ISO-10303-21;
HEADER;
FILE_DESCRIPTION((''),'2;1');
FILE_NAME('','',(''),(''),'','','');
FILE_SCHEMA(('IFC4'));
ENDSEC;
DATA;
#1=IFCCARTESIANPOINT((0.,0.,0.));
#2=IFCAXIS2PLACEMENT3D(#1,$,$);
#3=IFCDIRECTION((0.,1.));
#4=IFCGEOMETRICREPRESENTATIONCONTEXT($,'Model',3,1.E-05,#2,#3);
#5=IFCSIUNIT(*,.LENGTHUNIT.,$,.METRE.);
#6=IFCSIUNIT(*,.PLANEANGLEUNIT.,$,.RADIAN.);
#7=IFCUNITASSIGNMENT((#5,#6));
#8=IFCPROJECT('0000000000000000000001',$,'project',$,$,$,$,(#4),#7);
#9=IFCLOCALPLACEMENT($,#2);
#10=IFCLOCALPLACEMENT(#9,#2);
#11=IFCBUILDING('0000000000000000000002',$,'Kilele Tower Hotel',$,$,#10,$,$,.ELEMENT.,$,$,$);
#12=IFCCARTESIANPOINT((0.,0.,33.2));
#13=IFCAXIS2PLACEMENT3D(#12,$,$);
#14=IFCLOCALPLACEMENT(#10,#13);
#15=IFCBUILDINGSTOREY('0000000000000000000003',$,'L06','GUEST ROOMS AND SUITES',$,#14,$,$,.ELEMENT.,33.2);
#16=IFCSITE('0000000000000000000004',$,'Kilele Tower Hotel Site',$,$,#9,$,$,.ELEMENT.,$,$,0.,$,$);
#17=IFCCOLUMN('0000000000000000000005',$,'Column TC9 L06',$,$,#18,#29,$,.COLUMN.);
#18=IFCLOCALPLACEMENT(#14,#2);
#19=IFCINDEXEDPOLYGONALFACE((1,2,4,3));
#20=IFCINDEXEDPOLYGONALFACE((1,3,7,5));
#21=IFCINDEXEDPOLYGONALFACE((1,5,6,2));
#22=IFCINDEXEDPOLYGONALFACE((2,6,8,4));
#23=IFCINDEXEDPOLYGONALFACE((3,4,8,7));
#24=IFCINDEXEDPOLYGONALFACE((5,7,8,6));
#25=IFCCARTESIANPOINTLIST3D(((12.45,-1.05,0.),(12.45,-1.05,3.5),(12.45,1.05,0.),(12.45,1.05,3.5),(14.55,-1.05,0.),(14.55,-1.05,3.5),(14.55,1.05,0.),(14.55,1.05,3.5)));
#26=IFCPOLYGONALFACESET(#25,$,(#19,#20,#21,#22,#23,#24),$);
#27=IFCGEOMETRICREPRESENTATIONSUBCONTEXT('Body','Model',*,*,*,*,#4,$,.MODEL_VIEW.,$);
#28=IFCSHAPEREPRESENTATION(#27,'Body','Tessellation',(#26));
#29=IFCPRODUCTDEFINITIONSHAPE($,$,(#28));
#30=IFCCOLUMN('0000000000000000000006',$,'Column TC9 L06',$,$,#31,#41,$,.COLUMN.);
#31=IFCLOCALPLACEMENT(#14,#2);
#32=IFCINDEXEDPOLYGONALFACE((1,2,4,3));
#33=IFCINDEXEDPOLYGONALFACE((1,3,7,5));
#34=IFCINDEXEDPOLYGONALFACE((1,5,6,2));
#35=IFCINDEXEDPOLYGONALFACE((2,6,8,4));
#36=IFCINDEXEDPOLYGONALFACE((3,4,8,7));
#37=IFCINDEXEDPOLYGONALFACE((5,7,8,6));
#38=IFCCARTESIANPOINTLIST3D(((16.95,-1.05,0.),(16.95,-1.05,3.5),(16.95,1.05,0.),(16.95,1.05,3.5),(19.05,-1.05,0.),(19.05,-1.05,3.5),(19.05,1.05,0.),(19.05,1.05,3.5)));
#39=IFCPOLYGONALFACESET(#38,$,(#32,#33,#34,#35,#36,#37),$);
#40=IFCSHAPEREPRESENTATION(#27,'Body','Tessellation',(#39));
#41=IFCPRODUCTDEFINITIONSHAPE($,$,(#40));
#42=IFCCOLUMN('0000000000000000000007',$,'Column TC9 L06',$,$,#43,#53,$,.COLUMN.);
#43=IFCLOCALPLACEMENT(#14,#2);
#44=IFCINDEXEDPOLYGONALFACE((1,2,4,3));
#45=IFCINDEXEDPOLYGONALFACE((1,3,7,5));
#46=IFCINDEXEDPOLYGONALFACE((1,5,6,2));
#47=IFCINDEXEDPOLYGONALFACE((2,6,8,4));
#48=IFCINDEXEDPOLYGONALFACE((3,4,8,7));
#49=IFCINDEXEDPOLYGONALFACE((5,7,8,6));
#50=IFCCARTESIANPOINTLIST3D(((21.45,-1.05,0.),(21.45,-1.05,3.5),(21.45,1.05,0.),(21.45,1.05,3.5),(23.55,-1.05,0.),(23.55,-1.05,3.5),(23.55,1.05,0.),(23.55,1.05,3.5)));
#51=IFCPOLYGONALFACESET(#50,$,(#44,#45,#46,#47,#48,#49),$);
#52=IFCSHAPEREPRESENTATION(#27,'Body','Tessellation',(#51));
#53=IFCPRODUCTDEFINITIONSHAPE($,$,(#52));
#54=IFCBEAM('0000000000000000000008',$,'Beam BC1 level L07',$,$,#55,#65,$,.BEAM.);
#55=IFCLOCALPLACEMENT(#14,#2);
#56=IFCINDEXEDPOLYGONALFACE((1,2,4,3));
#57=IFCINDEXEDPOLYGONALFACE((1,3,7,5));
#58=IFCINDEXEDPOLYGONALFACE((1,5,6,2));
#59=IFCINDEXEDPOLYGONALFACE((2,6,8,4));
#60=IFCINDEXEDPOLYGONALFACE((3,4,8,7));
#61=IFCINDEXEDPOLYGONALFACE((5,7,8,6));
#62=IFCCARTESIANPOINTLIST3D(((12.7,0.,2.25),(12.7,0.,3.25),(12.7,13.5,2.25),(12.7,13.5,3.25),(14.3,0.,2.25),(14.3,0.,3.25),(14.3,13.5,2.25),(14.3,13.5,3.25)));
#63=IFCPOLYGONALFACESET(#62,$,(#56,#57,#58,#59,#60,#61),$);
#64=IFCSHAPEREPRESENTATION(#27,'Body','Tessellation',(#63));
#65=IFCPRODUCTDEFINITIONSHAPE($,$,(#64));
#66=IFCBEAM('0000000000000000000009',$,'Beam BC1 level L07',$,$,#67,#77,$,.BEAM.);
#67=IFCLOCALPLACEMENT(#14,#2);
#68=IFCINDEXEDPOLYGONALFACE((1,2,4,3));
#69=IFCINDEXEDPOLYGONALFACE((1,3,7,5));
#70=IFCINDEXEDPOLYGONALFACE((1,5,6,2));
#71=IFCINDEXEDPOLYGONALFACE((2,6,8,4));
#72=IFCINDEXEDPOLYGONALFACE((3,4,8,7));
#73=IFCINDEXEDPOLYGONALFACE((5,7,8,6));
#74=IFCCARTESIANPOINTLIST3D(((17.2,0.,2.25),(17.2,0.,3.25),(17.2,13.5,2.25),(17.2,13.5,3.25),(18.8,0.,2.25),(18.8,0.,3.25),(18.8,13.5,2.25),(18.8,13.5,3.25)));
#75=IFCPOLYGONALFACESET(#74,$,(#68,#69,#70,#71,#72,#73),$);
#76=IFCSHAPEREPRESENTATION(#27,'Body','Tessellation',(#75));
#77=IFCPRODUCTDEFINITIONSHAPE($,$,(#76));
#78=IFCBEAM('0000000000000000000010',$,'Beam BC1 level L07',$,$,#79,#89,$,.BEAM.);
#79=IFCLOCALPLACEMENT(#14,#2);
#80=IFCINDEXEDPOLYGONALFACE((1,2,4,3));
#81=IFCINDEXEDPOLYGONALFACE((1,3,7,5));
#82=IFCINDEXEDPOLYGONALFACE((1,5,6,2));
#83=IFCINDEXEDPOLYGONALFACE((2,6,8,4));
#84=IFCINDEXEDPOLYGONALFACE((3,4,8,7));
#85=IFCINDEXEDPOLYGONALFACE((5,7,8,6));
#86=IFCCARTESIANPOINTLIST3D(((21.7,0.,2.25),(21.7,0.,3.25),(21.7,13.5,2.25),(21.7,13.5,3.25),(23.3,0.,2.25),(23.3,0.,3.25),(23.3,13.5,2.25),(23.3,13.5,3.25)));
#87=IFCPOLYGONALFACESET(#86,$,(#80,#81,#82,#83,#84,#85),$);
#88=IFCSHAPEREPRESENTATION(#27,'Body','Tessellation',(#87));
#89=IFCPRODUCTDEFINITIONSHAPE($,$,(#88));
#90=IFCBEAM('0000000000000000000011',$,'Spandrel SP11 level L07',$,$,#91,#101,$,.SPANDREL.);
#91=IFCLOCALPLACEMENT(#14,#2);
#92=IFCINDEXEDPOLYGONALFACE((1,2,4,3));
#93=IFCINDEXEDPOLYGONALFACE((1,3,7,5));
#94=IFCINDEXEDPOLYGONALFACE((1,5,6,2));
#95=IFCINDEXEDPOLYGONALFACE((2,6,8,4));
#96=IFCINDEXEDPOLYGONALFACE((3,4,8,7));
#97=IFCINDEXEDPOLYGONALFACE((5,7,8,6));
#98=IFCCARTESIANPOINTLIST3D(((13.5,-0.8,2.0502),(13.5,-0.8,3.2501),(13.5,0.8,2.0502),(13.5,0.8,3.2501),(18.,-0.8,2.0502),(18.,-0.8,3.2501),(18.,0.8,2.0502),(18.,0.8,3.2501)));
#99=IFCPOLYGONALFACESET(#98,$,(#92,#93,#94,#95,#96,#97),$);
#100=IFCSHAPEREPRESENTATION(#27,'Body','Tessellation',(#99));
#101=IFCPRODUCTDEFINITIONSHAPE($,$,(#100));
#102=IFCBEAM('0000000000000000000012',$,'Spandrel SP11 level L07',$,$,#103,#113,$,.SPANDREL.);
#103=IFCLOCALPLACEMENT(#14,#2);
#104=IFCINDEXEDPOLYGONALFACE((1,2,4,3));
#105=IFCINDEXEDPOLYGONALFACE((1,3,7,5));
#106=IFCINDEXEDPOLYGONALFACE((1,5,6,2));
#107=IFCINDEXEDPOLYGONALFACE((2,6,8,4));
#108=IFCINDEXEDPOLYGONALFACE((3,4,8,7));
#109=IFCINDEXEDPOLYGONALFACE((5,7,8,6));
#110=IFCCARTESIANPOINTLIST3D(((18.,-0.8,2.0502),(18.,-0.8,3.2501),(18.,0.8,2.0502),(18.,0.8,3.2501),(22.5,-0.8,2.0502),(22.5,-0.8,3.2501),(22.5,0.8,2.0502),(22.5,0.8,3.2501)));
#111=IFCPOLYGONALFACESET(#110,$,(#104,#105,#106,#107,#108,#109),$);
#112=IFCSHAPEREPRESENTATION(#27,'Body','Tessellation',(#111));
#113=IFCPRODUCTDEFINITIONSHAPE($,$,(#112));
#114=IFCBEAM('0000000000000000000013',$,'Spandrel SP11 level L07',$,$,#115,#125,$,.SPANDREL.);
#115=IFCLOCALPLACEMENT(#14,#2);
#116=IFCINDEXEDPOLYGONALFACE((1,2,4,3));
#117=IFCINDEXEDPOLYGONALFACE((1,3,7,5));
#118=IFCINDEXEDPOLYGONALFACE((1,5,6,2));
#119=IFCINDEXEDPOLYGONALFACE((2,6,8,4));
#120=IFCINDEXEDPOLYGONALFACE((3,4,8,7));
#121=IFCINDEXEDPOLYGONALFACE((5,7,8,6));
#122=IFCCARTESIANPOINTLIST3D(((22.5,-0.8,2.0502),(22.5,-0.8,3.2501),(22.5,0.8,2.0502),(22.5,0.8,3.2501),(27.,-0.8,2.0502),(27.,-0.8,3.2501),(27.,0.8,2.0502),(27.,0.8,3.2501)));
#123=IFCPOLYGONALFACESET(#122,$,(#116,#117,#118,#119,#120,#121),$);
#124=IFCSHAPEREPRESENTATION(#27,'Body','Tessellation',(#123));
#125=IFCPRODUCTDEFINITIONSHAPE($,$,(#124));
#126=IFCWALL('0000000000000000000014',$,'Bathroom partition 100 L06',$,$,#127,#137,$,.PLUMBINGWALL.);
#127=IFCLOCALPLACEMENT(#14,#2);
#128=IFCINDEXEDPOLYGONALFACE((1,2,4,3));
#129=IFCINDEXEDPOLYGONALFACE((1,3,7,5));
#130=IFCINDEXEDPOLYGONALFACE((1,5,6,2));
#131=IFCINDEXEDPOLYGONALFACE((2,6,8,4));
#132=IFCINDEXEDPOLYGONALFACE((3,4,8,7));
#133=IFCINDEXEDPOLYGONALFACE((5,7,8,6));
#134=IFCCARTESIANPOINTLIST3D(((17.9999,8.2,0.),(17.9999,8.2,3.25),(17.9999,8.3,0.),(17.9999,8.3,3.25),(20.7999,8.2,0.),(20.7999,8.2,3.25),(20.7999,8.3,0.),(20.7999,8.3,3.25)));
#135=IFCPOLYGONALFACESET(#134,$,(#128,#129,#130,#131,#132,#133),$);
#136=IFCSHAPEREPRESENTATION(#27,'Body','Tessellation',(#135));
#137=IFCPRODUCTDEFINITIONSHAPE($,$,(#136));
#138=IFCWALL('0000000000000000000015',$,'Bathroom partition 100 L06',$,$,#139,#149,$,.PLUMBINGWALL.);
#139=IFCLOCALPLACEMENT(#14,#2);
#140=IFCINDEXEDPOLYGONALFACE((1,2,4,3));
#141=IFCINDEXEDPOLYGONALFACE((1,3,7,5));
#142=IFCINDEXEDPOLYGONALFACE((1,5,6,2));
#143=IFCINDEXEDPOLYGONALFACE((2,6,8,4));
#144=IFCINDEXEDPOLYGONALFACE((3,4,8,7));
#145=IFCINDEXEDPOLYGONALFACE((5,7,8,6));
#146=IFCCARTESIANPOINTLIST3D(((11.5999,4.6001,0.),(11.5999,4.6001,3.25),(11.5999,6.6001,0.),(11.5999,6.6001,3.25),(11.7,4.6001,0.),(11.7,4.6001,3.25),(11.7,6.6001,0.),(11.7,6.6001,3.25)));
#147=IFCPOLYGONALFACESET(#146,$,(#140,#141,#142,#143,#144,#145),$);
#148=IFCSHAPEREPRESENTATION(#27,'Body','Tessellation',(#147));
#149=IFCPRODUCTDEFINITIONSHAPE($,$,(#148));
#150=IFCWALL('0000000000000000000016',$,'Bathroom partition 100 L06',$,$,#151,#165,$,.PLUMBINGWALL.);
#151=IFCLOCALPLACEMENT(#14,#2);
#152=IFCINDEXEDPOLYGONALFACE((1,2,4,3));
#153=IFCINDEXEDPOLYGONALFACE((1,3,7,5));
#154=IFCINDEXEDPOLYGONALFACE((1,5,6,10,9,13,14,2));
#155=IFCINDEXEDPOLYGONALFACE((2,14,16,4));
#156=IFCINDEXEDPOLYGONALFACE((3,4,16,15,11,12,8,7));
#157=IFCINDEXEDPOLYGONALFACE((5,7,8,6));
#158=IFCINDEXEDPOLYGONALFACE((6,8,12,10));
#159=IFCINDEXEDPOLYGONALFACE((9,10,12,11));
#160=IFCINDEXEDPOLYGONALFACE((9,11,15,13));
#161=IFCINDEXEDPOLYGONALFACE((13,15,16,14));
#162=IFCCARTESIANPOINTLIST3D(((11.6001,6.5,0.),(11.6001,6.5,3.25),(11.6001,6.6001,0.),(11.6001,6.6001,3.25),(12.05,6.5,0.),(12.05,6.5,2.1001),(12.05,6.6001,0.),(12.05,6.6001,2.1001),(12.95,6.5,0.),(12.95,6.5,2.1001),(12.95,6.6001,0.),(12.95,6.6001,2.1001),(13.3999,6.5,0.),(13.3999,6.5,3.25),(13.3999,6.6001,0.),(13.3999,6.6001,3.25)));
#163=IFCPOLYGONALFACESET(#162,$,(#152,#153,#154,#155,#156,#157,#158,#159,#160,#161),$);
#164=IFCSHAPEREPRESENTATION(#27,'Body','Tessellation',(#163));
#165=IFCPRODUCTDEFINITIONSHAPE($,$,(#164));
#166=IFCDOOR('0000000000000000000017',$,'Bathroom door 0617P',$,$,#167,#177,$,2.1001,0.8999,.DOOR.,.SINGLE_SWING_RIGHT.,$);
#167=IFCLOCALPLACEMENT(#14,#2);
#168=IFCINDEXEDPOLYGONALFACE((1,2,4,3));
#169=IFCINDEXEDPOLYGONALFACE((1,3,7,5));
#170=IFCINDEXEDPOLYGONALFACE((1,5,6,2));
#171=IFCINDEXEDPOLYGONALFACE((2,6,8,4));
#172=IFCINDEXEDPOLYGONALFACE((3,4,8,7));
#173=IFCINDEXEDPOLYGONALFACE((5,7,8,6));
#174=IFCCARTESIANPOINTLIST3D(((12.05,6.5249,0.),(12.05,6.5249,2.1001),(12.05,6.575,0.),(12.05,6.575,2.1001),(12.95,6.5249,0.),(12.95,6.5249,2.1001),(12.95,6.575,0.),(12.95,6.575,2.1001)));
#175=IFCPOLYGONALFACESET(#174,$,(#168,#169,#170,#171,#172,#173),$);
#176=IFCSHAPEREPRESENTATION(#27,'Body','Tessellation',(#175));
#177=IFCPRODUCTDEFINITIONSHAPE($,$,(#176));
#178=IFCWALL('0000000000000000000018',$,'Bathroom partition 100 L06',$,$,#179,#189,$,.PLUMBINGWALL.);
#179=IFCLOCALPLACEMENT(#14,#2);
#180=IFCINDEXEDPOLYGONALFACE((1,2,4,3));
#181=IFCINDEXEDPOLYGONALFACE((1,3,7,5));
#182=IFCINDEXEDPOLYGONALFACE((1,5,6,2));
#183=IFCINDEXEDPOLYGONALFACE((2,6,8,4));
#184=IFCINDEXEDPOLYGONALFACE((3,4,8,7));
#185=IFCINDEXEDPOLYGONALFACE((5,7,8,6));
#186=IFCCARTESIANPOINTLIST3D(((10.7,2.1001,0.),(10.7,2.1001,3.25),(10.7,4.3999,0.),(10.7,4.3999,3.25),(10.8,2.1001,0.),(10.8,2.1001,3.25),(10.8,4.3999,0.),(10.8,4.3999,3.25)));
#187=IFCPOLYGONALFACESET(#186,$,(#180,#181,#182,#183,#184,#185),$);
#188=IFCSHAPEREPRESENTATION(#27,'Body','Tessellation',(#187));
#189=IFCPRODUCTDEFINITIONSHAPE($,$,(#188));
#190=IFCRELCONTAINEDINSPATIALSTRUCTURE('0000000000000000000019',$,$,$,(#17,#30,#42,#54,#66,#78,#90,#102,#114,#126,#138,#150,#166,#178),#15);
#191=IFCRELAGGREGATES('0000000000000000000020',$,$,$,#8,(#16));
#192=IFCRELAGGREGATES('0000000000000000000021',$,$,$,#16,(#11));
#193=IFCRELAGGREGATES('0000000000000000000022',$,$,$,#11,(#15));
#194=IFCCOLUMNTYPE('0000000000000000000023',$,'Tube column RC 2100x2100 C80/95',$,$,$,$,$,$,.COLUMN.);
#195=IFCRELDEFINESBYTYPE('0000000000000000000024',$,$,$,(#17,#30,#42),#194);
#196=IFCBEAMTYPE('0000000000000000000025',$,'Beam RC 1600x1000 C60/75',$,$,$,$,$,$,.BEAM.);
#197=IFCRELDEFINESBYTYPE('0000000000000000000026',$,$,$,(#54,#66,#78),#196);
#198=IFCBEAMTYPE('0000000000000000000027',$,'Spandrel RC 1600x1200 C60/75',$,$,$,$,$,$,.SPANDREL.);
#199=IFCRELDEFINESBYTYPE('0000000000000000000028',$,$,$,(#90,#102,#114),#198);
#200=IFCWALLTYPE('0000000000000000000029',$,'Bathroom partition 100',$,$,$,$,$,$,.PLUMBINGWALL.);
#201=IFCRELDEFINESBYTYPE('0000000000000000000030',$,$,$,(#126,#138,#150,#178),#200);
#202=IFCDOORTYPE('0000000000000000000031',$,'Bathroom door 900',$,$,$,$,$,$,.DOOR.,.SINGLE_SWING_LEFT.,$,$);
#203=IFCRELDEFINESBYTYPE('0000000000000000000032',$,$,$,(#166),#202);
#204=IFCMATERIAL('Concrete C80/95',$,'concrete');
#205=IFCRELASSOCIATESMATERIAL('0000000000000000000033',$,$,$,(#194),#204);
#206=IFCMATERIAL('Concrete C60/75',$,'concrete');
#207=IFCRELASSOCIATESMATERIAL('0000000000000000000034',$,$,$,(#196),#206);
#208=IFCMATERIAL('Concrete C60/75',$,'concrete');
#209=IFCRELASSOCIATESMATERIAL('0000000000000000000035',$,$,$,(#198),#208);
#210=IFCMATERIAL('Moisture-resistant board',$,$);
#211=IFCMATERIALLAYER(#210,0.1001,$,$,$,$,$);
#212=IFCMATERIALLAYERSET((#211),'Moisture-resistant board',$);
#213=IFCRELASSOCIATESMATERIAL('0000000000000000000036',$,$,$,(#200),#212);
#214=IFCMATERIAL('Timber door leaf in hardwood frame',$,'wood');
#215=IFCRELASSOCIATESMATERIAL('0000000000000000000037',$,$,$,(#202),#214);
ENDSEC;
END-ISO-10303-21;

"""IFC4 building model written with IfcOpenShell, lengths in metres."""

from ifc_helpers import new_model, si_unit, direction, frame, frame_2d, origin, origin_2d, place, context, subcontext, project, spatial, rectangle, extrude, material, layer, layer_set, material_profile, profile_set, type_object, element, fill, save


model = new_model("IFC4")

# Units and contexts
model_context = context("Model", 3, precision=1e-05, world=origin(), true_north=direction((0.0, 1.0)))
body_context = subcontext(model_context, "Body", "Model", "MODEL_VIEW")
ifc_project = project(units=[si_unit("LENGTHUNIT", "METRE"), si_unit("PLANEANGLEUNIT", "RADIAN")], contexts=[model_context])

# Site, building, storey
site_placement = place(None, origin())
site = spatial("IfcSite", under=ifc_project, at=site_placement, Name="Kilele Tower Hotel Site", CompositionType="ELEMENT", RefElevation=0.0)
building_placement = place(site_placement, origin())
building = spatial("IfcBuilding", under=site, at=building_placement, Name="Kilele Tower Hotel", CompositionType="ELEMENT")
storey_placement = place(building_placement, frame((0.0, 0.0, 33.2)))
storey = spatial("IfcBuildingStorey", under=building, at=storey_placement, Name="L06", Description="GUEST ROOMS AND SUITES", CompositionType="ELEMENT", Elevation=33.2)

# Columns
ifc_material_1 = material(Name="Concrete C80/95", Category="concrete")
ifc_material_profile_1 = material_profile(ifc_material_1, rectangle(XDim=2.1001, YDim=2.1001, at=origin_2d()))
ifc_profile_set_1 = profile_set([ifc_material_profile_1], Name="Concrete C80/95")
column_type = type_object("IfcColumnType", Name="Tube column RC 2100x2100 C80/95", PredefinedType="COLUMN", material=ifc_profile_set_1)
for number, where, z_axis, x_axis, name in (
    (1, (13.5, 0.0, 0.0), (0.0, 0.0, 1.0), (1.0, 0.0, 0.0), "Column TC9 L06"),
    (2, (18.0, 0.0, 0.0), (0.0, 0.0, 1.0), (1.0, 0.0, 0.0), "Column TC9 L06"),
    (3, (22.5, 0.0, 0.0), (0.0, 0.0, 1.0), (1.0, 0.0, 0.0), "Column TC9 L06"),
):
    element("IfcColumn", number, at=place(storey_placement, frame(where, z_axis=z_axis, x_axis=x_axis)), inside=storey, type_object=column_type, Name=name, PredefinedType="COLUMN", context=body_context, shape_type="SweptSolid", body=[
        extrude(rectangle(XDim=2.1001, YDim=2.1001, at=origin_2d()), origin(), (0.0, 0.0, 1.0), 3.5),
    ])

# Beams
ifc_material_2 = material(Name="Concrete C60/75", Category="concrete")
ifc_material_profile_2 = material_profile(ifc_material_2, rectangle(XDim=1.6001, YDim=1.0, at=origin_2d()))
ifc_profile_set_2 = profile_set([ifc_material_profile_2], Name="Concrete C60/75")
beam_type_1 = type_object("IfcBeamType", Name="Beam RC 1600x1000 C60/75", PredefinedType="BEAM", material=ifc_profile_set_2)
for number, where, z_axis, x_axis, name in (
    (4, (13.5, 0.0, 2.75), (0.0, 1.0, 0.0), (-1.0, 0.0, 0.0), "Beam BC1 level L07"),
    (5, (18.0, 0.0, 2.75), (0.0, 1.0, 0.0), (-1.0, 0.0, 0.0), "Beam BC1 level L07"),
    (6, (22.5, 0.0, 2.75), (0.0, 1.0, 0.0), (-1.0, 0.0, 0.0), "Beam BC1 level L07"),
):
    element("IfcBeam", number, at=place(storey_placement, frame(where, z_axis=z_axis, x_axis=x_axis)), inside=storey, type_object=beam_type_1, Name=name, PredefinedType="BEAM", context=body_context, shape_type="SweptSolid", body=[
        extrude(rectangle(XDim=1.6001, YDim=1.0, at=origin_2d()), origin(), (0.0, 0.0, 1.0), 13.5),
    ])
ifc_material_3 = material(Name="Concrete C60/75", Category="concrete")
ifc_material_profile_3 = material_profile(ifc_material_3, rectangle(XDim=1.6001, YDim=1.2, at=origin_2d()))
ifc_profile_set_3 = profile_set([ifc_material_profile_3], Name="Concrete C60/75")
beam_type_2 = type_object("IfcBeamType", Name="Spandrel RC 1600x1200 C60/75", PredefinedType="SPANDREL", material=ifc_profile_set_3)
for number, where, z_axis, x_axis, name in (
    (7, (13.5, 0.0, 2.6501), (1.0, 0.0, 0.0), (0.0, 1.0, 0.0), "Spandrel SP11 level L07"),
    (8, (18.0, 0.0, 2.6501), (1.0, 0.0, 0.0), (0.0, 1.0, 0.0), "Spandrel SP11 level L07"),
    (9, (22.5, 0.0, 2.6501), (1.0, 0.0, 0.0), (0.0, 1.0, 0.0), "Spandrel SP11 level L07"),
):
    element("IfcBeam", number, at=place(storey_placement, frame(where, z_axis=z_axis, x_axis=x_axis)), inside=storey, type_object=beam_type_2, Name=name, PredefinedType="SPANDREL", context=body_context, shape_type="SweptSolid", body=[
        extrude(rectangle(XDim=1.6001, YDim=1.2, at=origin_2d()), origin(), (0.0, 0.0, 1.0), 4.5),
    ])

# Walls
ifc_material_4 = material(Name="Moisture-resistant board")
ifc_layer_1 = layer(ifc_material_4, 0.1001)
ifc_layer_set_1 = layer_set([ifc_layer_1], Name="Moisture-resistant board")
wall_type_1 = type_object("IfcWallType", Name="Bathroom partition 100", PredefinedType="PLUMBINGWALL", material=ifc_layer_set_1)
wall_1_placement = place(storey_placement, frame((18.0, 8.25, 0.0), z_axis=(0.0, 0.0, 1.0), x_axis=(1.0, 0.0, 0.0)))
element("IfcWall", 10, at=wall_1_placement, inside=storey, type_object=wall_type_1, Name="Bathroom partition 100 L06", PredefinedType="PLUMBINGWALL", context=body_context, shape_type="SweptSolid", body=[
    extrude(rectangle(XDim=2.8, YDim=0.1001, at=frame_2d((1.3999, 0.0))), origin(), (0.0, 0.0, 1.0), 3.25),
])
wall_2_placement = place(storey_placement, frame((11.6499, 4.6001, 0.0), z_axis=(0.0, 0.0, 1.0), x_axis=(0.0, 1.0, 0.0)))
element("IfcWall", 11, at=wall_2_placement, inside=storey, type_object=wall_type_1, Name="Bathroom partition 100 L06", PredefinedType="PLUMBINGWALL", context=body_context, shape_type="SweptSolid", body=[
    extrude(rectangle(XDim=2.0, YDim=0.1001, at=frame_2d((1.0, 0.0))), origin(), (0.0, 0.0, 1.0), 3.25),
])

# Wall, opening, door
wall_3_placement = place(storey_placement, frame((13.3999, 6.55, 0.0), z_axis=(0.0, 0.0, 1.0), x_axis=(-1.0, 0.0, 0.0)))
wall_3 = element("IfcWall", 12, at=wall_3_placement, inside=storey, type_object=wall_type_1, Name="Bathroom partition 100 L06", PredefinedType="PLUMBINGWALL", context=body_context, shape_type="SweptSolid", body=[
    extrude(rectangle(XDim=1.7998, YDim=0.1001, at=frame_2d((0.8999, 0.0))), origin(), (0.0, 0.0, 1.0), 3.25),
])
opening_1_placement = place(wall_3_placement, frame((1.3499, 0.0, 0.0), z_axis=(0.0, 0.0, 1.0), x_axis=(-1.0, 0.0, 0.0)))
opening_1 = element("IfcOpeningElement", 13, at=opening_1_placement, cuts=wall_3, PredefinedType="OPENING", context=body_context, shape_type="SweptSolid", body=[
    extrude(rectangle(XDim=0.8999, YDim=2.1001, at=frame_2d((0.45, 1.05))), frame((0.0, 0.0601, 0.0), z_axis=(0.0, -1.0, 0.0), x_axis=(1.0, 0.0, 0.0)), (0.0, 0.0, 1.0), 0.1201),
])
ifc_material_5 = material(Name="Timber door leaf in hardwood frame", Category="wood")
door_type_1 = type_object("IfcDoorType", Name="Bathroom door 900", OperationType="SINGLE_SWING_LEFT", PredefinedType="DOOR", material=ifc_material_5)
door_1_placement = place(opening_1_placement, origin())
door_1 = element("IfcDoor", 14, at=door_1_placement, inside=storey, type_object=door_type_1, Name="Bathroom door 0617P", OperationType="SINGLE_SWING_RIGHT", OverallHeight=2.1001, OverallWidth=0.8999, PredefinedType="DOOR", context=body_context, shape_type="SweptSolid", body=[
    extrude(rectangle(XDim=0.8999, YDim=2.1001, at=frame_2d((0.45, 1.05))), frame((0.0, 0.0249, 0.0), z_axis=(0.0, -1.0, 0.0), x_axis=(1.0, 0.0, 0.0)), (0.0, 0.0, 1.0), 0.05),
])
fill(opening_1, door_1)

# Wall
wall_4_placement = place(storey_placement, frame((10.75, 4.3999, 0.0), z_axis=(0.0, 0.0, 1.0), x_axis=(0.0, -1.0, 0.0)))
element("IfcWall", 15, at=wall_4_placement, inside=storey, type_object=wall_type_1, Name="Bathroom partition 100 L06", PredefinedType="PLUMBINGWALL", context=body_context, shape_type="SweptSolid", body=[
    extrude(rectangle(XDim=2.2998, YDim=0.1001, at=frame_2d((1.1499, 0.0))), origin(), (0.0, 0.0, 1.0), 3.25),
])

save(model, "model.ifc")
